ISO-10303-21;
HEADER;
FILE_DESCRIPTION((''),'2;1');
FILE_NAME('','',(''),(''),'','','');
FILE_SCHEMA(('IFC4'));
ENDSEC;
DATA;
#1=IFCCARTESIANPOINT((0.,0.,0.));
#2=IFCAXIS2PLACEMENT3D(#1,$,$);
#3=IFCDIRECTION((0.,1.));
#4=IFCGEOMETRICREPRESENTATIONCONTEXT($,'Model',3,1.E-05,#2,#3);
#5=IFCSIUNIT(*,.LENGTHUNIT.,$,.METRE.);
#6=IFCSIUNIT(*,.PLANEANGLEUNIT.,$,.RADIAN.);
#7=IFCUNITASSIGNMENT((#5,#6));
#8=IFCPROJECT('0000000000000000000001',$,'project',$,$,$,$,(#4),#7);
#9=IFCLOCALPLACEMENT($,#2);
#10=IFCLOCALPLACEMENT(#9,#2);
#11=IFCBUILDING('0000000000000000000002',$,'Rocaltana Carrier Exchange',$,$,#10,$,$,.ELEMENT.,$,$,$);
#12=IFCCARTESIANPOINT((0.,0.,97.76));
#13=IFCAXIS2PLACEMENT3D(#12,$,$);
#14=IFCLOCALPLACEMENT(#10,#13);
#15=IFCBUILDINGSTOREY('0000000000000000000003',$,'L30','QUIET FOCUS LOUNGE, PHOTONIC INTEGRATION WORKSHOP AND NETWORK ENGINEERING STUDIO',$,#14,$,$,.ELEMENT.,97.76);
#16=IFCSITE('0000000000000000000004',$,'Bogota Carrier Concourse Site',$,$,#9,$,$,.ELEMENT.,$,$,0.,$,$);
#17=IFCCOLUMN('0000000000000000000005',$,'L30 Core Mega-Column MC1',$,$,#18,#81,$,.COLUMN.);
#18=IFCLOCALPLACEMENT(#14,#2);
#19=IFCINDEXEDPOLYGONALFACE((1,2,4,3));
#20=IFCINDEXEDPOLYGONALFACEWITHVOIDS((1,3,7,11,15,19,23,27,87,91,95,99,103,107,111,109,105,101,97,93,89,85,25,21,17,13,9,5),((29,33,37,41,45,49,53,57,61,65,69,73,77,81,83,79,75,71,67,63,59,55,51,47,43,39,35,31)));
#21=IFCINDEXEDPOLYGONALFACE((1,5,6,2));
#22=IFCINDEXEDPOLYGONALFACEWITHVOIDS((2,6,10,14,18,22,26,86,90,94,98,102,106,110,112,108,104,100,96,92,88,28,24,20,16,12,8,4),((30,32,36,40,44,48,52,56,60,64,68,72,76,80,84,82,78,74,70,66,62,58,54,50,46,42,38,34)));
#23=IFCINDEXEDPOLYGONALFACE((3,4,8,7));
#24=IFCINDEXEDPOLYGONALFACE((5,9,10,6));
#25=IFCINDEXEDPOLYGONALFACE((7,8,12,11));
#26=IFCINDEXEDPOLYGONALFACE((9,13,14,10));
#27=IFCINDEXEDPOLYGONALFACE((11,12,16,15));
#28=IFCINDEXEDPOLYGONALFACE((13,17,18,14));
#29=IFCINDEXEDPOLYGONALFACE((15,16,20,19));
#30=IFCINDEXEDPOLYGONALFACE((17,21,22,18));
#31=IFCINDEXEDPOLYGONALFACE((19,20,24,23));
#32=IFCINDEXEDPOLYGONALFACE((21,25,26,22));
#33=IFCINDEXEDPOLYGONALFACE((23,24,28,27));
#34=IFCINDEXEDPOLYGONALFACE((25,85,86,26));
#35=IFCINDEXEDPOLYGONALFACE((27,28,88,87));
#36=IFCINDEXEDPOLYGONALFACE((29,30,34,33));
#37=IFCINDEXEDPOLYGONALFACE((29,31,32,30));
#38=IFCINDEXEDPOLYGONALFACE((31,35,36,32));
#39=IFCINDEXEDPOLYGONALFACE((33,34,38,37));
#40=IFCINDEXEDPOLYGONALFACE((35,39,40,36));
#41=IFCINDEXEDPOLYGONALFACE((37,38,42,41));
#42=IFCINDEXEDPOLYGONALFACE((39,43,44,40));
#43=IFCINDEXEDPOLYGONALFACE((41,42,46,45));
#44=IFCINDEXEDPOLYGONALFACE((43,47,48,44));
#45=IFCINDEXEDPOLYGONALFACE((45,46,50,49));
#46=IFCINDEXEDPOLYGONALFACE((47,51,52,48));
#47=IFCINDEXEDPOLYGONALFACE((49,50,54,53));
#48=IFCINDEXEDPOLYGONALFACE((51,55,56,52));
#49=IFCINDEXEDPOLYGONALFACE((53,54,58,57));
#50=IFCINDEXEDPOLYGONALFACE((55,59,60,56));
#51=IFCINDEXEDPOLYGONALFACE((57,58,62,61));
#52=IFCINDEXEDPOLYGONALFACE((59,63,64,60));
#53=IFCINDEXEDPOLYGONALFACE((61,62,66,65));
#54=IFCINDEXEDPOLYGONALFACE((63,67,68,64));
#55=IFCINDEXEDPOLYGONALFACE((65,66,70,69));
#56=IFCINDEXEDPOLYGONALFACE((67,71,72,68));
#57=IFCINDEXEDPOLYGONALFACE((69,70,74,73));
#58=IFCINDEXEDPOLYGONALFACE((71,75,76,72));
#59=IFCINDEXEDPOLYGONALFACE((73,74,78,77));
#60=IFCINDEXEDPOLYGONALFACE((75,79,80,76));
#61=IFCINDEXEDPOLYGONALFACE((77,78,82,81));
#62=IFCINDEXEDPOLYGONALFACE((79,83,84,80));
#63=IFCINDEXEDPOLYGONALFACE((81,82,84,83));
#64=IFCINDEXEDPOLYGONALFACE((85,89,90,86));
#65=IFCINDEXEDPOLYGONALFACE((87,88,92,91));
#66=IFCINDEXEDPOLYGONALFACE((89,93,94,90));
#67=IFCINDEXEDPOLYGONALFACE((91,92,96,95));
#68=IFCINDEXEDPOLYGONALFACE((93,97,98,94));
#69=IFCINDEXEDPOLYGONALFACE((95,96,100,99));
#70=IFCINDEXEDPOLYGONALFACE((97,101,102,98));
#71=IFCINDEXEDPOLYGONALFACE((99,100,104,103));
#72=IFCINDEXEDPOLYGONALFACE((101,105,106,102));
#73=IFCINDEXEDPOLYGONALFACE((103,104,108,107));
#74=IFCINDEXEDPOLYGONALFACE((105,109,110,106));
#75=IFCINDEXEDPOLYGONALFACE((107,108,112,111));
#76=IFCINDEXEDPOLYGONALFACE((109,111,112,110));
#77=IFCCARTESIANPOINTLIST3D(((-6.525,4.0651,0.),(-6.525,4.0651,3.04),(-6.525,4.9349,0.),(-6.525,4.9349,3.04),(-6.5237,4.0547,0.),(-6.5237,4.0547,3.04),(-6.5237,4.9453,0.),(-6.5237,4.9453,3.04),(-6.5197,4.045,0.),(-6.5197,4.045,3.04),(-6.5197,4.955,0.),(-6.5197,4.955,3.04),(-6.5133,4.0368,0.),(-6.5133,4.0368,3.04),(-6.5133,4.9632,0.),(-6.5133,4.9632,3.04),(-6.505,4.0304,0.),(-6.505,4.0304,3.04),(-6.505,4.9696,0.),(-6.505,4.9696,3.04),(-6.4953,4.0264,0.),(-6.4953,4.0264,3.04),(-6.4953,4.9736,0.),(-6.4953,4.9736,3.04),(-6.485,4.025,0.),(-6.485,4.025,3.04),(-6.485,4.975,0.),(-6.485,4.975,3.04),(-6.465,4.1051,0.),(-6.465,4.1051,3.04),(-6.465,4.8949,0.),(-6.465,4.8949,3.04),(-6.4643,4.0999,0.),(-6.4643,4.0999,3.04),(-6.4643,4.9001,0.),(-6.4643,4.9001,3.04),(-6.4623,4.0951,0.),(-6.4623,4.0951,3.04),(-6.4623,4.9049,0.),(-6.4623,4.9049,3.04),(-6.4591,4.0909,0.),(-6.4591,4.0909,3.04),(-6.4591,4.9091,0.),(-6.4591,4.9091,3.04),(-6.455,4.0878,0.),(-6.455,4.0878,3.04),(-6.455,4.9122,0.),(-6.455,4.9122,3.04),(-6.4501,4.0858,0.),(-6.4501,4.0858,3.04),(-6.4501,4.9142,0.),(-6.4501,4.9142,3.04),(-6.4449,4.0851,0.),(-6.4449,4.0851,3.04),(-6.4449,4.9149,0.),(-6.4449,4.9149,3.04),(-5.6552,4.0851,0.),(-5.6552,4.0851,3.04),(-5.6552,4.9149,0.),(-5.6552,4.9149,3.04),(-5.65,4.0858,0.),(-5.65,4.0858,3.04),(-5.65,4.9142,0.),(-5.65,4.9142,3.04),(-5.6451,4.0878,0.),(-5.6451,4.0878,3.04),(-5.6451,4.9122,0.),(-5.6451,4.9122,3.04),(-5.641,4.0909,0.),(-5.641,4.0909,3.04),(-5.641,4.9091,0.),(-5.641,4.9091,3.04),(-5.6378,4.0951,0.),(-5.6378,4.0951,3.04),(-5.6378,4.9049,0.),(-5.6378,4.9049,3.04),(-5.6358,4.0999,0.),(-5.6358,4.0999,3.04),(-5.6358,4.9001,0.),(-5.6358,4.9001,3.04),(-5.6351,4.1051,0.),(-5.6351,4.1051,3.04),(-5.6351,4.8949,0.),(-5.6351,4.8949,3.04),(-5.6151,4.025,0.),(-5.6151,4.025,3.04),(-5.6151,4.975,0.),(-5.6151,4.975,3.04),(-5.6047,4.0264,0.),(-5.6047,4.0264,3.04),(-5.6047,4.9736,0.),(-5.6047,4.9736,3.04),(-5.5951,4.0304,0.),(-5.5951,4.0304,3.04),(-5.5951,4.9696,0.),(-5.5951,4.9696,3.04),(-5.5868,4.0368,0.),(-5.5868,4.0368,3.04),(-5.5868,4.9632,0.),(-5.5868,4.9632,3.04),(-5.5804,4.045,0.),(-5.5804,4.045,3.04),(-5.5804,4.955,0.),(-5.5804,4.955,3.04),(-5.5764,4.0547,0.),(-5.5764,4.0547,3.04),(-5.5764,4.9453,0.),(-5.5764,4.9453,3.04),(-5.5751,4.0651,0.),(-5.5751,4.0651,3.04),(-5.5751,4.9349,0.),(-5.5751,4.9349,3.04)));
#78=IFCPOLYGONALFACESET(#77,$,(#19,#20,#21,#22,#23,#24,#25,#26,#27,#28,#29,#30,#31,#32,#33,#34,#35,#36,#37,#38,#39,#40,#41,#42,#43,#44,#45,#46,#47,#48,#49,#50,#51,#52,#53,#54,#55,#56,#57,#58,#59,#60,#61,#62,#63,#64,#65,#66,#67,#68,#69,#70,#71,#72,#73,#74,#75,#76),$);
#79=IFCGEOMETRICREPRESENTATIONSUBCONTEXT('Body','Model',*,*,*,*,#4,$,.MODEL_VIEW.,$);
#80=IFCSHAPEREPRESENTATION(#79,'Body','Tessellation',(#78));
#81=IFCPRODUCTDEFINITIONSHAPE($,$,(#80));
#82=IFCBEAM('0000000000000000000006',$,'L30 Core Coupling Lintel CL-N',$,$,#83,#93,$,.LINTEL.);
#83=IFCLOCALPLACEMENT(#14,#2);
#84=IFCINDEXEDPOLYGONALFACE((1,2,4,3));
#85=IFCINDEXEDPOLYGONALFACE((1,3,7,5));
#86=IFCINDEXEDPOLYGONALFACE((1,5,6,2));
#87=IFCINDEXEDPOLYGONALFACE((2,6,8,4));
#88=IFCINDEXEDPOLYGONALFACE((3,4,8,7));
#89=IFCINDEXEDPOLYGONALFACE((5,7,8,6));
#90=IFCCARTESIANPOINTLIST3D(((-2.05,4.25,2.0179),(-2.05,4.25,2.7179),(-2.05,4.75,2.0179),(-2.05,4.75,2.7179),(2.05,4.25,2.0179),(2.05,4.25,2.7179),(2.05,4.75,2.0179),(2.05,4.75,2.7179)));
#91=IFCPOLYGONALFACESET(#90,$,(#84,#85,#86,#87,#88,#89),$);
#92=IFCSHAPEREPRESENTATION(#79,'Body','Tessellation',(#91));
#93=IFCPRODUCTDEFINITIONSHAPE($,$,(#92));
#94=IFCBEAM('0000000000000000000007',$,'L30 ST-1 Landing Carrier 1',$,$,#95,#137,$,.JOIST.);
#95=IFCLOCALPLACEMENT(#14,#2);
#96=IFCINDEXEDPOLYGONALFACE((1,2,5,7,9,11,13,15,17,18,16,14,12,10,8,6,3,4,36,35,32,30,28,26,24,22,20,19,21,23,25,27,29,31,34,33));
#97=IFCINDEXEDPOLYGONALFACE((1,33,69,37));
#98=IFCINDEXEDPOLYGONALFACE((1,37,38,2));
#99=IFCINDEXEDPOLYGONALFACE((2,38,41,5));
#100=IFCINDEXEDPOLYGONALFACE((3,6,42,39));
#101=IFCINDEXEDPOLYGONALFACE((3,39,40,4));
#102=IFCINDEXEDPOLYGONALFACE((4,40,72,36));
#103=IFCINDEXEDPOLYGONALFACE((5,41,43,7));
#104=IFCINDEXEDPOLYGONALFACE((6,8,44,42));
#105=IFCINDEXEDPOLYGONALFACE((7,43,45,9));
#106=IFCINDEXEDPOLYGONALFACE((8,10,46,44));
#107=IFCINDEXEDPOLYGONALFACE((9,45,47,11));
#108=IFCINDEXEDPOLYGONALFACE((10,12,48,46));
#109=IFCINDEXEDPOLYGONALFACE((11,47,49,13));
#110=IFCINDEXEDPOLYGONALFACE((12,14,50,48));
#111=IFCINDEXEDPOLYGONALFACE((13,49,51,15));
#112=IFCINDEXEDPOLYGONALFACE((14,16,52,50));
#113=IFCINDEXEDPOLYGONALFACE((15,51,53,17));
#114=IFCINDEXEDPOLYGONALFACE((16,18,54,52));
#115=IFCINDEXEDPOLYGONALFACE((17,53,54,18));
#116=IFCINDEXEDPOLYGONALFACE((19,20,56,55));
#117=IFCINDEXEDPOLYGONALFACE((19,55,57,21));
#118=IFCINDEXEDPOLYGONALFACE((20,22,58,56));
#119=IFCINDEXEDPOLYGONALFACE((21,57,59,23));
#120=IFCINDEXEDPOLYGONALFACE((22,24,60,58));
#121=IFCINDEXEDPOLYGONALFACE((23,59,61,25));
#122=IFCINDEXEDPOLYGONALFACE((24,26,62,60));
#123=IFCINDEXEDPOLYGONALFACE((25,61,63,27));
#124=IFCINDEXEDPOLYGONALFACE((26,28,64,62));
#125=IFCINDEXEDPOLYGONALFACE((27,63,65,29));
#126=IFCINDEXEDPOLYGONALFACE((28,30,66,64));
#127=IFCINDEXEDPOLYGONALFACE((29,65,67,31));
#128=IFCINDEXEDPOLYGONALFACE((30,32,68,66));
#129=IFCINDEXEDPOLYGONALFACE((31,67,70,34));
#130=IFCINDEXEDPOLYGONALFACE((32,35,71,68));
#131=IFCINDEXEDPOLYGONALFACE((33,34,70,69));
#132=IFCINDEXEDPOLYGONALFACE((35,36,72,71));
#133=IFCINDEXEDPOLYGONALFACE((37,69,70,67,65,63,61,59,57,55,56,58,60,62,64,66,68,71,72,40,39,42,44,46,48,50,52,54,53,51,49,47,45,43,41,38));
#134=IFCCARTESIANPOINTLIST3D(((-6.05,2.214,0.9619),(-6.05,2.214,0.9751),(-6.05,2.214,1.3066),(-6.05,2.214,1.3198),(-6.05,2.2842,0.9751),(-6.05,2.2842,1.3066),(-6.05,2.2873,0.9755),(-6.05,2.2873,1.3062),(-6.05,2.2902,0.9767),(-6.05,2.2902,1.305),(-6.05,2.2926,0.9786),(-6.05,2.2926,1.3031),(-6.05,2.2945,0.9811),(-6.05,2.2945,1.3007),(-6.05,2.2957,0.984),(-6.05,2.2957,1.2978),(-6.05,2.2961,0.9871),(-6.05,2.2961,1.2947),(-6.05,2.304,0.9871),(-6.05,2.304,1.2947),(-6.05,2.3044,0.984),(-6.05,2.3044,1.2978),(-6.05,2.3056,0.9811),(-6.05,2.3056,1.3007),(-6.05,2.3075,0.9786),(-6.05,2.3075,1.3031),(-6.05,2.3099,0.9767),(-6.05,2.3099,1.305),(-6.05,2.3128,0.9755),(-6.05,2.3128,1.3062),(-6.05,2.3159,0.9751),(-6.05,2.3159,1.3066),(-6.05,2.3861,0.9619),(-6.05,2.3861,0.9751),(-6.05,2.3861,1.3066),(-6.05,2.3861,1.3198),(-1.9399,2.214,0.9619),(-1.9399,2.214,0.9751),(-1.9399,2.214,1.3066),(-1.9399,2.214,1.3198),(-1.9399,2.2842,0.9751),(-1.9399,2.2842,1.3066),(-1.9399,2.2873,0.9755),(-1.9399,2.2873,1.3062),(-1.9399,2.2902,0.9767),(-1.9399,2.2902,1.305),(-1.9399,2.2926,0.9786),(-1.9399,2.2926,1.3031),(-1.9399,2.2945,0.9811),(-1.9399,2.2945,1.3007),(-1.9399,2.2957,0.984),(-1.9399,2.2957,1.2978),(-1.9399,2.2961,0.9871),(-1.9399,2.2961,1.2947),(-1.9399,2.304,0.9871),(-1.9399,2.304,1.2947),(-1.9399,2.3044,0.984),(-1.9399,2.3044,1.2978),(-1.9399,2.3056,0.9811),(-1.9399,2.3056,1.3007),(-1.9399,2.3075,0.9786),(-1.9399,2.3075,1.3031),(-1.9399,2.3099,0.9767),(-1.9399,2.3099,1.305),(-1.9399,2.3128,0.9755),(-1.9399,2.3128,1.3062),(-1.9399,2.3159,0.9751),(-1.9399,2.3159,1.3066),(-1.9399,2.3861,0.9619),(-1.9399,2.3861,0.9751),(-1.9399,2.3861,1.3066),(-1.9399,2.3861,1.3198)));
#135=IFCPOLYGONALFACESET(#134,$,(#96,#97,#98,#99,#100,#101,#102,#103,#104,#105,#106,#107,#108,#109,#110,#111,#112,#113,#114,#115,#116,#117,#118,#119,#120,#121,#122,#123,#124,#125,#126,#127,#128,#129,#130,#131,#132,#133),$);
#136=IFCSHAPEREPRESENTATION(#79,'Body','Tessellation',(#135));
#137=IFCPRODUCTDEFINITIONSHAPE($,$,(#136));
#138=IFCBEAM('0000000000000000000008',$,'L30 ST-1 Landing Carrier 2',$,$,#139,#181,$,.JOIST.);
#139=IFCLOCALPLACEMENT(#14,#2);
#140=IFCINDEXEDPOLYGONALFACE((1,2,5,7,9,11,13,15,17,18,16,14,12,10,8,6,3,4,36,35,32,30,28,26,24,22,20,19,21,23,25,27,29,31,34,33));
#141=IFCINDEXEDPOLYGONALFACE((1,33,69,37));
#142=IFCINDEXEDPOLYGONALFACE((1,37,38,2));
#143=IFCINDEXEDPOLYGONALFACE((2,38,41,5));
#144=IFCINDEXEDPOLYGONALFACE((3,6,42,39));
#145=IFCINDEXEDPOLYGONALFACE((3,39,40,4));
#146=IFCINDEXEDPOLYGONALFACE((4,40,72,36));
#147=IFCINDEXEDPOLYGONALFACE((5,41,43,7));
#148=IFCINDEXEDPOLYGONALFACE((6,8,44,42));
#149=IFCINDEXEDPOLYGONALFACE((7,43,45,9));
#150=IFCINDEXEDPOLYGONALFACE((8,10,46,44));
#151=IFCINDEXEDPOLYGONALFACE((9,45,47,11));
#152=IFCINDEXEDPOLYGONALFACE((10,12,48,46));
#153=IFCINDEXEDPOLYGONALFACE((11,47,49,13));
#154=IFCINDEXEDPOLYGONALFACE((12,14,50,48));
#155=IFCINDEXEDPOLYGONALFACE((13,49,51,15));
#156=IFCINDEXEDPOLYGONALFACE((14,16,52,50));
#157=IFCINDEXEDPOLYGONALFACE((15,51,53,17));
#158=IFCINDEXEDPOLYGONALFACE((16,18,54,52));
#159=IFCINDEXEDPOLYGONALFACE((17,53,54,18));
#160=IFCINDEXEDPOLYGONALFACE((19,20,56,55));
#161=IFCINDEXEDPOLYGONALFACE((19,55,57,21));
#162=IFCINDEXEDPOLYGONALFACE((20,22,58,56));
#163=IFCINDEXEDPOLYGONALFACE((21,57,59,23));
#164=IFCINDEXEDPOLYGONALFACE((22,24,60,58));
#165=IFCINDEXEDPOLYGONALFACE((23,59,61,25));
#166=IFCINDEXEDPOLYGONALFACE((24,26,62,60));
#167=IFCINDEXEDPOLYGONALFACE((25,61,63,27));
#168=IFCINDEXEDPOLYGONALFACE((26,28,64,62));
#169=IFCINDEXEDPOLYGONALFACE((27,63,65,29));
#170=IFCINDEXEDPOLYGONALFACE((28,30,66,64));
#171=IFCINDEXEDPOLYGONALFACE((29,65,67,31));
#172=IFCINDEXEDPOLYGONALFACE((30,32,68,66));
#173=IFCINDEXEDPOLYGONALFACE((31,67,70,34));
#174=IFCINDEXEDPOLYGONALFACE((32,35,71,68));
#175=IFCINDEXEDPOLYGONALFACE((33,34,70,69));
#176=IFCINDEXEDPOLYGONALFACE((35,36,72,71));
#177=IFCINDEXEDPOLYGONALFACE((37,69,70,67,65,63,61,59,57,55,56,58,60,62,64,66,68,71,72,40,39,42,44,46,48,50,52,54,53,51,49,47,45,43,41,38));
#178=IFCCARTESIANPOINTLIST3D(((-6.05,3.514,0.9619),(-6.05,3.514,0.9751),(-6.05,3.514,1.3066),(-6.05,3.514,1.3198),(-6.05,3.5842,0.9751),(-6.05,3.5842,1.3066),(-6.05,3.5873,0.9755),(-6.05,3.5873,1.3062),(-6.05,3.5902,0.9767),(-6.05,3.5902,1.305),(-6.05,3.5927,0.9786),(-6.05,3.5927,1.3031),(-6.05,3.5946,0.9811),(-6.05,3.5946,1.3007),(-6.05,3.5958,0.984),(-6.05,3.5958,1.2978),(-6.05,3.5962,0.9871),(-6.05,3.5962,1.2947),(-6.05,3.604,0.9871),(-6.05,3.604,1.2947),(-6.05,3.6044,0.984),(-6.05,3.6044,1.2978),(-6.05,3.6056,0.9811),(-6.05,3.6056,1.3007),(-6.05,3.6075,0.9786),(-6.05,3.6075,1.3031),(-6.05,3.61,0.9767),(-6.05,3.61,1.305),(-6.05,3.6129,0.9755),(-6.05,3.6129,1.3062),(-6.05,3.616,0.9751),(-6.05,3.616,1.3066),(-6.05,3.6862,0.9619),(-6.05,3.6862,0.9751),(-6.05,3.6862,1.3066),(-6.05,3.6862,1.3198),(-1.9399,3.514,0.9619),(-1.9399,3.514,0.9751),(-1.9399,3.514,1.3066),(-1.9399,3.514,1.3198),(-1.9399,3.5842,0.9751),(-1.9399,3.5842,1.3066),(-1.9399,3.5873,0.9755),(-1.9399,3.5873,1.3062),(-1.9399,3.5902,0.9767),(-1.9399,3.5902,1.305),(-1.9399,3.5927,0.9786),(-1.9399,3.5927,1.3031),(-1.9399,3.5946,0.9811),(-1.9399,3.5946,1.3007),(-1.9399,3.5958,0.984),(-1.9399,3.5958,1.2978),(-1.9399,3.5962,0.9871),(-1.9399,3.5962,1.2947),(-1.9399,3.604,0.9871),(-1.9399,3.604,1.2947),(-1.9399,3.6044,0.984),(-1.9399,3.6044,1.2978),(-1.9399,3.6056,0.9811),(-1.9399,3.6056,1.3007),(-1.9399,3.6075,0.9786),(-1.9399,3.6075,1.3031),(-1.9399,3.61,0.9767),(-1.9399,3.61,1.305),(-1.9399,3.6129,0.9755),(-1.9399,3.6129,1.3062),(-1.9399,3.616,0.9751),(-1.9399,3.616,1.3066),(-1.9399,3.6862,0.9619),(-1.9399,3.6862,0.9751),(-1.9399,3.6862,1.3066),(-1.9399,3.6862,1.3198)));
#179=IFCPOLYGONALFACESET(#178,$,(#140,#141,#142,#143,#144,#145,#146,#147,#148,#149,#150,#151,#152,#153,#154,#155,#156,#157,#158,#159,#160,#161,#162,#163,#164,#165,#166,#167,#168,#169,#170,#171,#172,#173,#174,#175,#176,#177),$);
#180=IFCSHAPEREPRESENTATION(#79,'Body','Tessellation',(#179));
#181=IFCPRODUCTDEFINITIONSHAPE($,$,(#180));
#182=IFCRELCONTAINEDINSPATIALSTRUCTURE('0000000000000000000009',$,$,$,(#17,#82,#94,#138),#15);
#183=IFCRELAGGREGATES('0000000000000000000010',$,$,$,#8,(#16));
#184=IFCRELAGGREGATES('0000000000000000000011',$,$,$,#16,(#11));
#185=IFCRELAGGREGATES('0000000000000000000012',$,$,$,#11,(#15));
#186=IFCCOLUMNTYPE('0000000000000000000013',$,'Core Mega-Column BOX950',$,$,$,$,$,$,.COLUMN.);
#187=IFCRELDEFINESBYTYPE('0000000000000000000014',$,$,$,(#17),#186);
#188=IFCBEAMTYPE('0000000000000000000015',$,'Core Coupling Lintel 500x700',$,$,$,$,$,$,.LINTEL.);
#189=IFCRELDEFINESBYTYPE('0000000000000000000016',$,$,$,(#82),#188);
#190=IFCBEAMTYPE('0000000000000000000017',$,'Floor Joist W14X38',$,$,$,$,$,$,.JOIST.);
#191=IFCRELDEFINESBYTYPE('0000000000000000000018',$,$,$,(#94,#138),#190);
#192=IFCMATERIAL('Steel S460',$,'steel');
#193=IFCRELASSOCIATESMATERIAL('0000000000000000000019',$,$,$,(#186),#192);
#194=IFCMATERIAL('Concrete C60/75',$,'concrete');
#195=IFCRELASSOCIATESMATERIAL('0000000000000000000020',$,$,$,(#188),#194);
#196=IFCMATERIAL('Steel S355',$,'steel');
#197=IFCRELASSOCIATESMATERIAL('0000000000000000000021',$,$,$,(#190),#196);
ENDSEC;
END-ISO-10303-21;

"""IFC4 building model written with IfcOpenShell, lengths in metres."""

from ifc_helpers import new_model, si_unit, direction, frame, origin, origin_2d, place, context, subcontext, project, spatial, rectangle, hollow_rectangle, i_section, extrude, material, material_profile, profile_set, type_object, element, save


model = new_model("IFC4")

# Units and contexts
model_context = context("Model", 3, precision=1e-05, world=origin(), true_north=direction((0.0, 1.0)))
body_context = subcontext(model_context, "Body", "Model", "MODEL_VIEW")
ifc_project = project(units=[si_unit("LENGTHUNIT", "METRE"), si_unit("PLANEANGLEUNIT", "RADIAN")], contexts=[model_context])

# Site, building, storey
site_placement = place(None, origin())
site = spatial("IfcSite", under=ifc_project, at=site_placement, Name="Bogota Carrier Concourse Site", CompositionType="ELEMENT", RefElevation=0.0)
building_placement = place(site_placement, origin())
building = spatial("IfcBuilding", under=site, at=building_placement, Name="Rocaltana Carrier Exchange", CompositionType="ELEMENT")
storey_placement = place(building_placement, frame((0.0, 0.0, 97.76)))
storey = spatial("IfcBuildingStorey", under=building, at=storey_placement, Name="L30", Description="QUIET FOCUS LOUNGE, PHOTONIC INTEGRATION WORKSHOP AND NETWORK ENGINEERING STUDIO", CompositionType="ELEMENT", Elevation=97.76)

# Column
ifc_material_1 = material(Name="Steel S460", Category="steel")
ifc_material_profile_1 = material_profile(ifc_material_1, hollow_rectangle(XDim=0.95, YDim=0.95, WallThickness=0.0601, InnerFilletRadius=0.02, OuterFilletRadius=0.04, at=origin_2d()), Name="BOX950X950X60")
ifc_profile_set_1 = profile_set([ifc_material_profile_1], Name="Steel S460")
column_type = type_object("IfcColumnType", Name="Core Mega-Column BOX950", PredefinedType="COLUMN", material=ifc_profile_set_1)
column_placement = place(storey_placement, frame((-6.05, 4.5, 0.0), z_axis=(0.0, 0.0, 1.0), x_axis=(1.0, 0.0, 0.0)))
element("IfcColumn", 1, at=column_placement, inside=storey, type_object=column_type, Name="L30 Core Mega-Column MC1", PredefinedType="COLUMN", context=body_context, shape_type="SweptSolid", body=[
    extrude(hollow_rectangle(XDim=0.95, YDim=0.95, WallThickness=0.0601, InnerFilletRadius=0.02, OuterFilletRadius=0.04, at=origin_2d()), origin(), (0.0, 0.0, 1.0), 3.04),
])

# Beams
ifc_material_2 = material(Name="Concrete C60/75", Category="concrete")
ifc_material_profile_2 = material_profile(ifc_material_2, rectangle(XDim=0.5, YDim=0.7, at=origin_2d()), Name="RC-BM-500X700")
ifc_profile_set_2 = profile_set([ifc_material_profile_2], Name="Concrete C60/75")
beam_type_1 = type_object("IfcBeamType", Name="Core Coupling Lintel 500x700", PredefinedType="LINTEL", material=ifc_profile_set_2)
beam_1_placement = place(storey_placement, frame((-2.05, 4.5, 2.3679), z_axis=(1.0, 0.0, 0.0), x_axis=(0.0, 1.0, 0.0)))
element("IfcBeam", 2, at=beam_1_placement, inside=storey, type_object=beam_type_1, Name="L30 Core Coupling Lintel CL-N", PredefinedType="LINTEL", context=body_context, shape_type="SweptSolid", body=[
    extrude(rectangle(XDim=0.5, YDim=0.7, at=origin_2d()), origin(), (0.0, 0.0, 1.0), 4.1001),
])
ifc_material_3 = material(Name="Steel S355", Category="steel")
ifc_material_profile_3 = material_profile(ifc_material_3, i_section(OverallWidth=0.1721, OverallDepth=0.3579, WebThickness=0.0078, FlangeThickness=0.0132, FilletRadius=0.012, at=origin_2d()), Name="W14X38")
ifc_profile_set_3 = profile_set([ifc_material_profile_3], Name="Steel S355")
beam_type_2 = type_object("IfcBeamType", Name="Floor Joist W14X38", PredefinedType="JOIST", material=ifc_profile_set_3)
for number, where, z_axis, x_axis, name in (
    (3, (-6.05, 2.3, 1.1409), (1.0, 0.0, 0.0), (0.0, 1.0, 0.0), "L30 ST-1 Landing Carrier 1"),
    (4, (-6.05, 3.6001, 1.1409), (1.0, 0.0, 0.0), (0.0, 1.0, 0.0), "L30 ST-1 Landing Carrier 2"),
):
    element("IfcBeam", number, at=place(storey_placement, frame(where, z_axis=z_axis, x_axis=x_axis)), inside=storey, type_object=beam_type_2, Name=name, PredefinedType="JOIST", context=body_context, shape_type="SweptSolid", body=[
        extrude(i_section(OverallWidth=0.1721, OverallDepth=0.3579, WebThickness=0.0078, FlangeThickness=0.0132, FilletRadius=0.012, at=origin_2d()), origin(), (0.0, 0.0, 1.0), 4.1101),
    ])

save(model, "model.ifc")
